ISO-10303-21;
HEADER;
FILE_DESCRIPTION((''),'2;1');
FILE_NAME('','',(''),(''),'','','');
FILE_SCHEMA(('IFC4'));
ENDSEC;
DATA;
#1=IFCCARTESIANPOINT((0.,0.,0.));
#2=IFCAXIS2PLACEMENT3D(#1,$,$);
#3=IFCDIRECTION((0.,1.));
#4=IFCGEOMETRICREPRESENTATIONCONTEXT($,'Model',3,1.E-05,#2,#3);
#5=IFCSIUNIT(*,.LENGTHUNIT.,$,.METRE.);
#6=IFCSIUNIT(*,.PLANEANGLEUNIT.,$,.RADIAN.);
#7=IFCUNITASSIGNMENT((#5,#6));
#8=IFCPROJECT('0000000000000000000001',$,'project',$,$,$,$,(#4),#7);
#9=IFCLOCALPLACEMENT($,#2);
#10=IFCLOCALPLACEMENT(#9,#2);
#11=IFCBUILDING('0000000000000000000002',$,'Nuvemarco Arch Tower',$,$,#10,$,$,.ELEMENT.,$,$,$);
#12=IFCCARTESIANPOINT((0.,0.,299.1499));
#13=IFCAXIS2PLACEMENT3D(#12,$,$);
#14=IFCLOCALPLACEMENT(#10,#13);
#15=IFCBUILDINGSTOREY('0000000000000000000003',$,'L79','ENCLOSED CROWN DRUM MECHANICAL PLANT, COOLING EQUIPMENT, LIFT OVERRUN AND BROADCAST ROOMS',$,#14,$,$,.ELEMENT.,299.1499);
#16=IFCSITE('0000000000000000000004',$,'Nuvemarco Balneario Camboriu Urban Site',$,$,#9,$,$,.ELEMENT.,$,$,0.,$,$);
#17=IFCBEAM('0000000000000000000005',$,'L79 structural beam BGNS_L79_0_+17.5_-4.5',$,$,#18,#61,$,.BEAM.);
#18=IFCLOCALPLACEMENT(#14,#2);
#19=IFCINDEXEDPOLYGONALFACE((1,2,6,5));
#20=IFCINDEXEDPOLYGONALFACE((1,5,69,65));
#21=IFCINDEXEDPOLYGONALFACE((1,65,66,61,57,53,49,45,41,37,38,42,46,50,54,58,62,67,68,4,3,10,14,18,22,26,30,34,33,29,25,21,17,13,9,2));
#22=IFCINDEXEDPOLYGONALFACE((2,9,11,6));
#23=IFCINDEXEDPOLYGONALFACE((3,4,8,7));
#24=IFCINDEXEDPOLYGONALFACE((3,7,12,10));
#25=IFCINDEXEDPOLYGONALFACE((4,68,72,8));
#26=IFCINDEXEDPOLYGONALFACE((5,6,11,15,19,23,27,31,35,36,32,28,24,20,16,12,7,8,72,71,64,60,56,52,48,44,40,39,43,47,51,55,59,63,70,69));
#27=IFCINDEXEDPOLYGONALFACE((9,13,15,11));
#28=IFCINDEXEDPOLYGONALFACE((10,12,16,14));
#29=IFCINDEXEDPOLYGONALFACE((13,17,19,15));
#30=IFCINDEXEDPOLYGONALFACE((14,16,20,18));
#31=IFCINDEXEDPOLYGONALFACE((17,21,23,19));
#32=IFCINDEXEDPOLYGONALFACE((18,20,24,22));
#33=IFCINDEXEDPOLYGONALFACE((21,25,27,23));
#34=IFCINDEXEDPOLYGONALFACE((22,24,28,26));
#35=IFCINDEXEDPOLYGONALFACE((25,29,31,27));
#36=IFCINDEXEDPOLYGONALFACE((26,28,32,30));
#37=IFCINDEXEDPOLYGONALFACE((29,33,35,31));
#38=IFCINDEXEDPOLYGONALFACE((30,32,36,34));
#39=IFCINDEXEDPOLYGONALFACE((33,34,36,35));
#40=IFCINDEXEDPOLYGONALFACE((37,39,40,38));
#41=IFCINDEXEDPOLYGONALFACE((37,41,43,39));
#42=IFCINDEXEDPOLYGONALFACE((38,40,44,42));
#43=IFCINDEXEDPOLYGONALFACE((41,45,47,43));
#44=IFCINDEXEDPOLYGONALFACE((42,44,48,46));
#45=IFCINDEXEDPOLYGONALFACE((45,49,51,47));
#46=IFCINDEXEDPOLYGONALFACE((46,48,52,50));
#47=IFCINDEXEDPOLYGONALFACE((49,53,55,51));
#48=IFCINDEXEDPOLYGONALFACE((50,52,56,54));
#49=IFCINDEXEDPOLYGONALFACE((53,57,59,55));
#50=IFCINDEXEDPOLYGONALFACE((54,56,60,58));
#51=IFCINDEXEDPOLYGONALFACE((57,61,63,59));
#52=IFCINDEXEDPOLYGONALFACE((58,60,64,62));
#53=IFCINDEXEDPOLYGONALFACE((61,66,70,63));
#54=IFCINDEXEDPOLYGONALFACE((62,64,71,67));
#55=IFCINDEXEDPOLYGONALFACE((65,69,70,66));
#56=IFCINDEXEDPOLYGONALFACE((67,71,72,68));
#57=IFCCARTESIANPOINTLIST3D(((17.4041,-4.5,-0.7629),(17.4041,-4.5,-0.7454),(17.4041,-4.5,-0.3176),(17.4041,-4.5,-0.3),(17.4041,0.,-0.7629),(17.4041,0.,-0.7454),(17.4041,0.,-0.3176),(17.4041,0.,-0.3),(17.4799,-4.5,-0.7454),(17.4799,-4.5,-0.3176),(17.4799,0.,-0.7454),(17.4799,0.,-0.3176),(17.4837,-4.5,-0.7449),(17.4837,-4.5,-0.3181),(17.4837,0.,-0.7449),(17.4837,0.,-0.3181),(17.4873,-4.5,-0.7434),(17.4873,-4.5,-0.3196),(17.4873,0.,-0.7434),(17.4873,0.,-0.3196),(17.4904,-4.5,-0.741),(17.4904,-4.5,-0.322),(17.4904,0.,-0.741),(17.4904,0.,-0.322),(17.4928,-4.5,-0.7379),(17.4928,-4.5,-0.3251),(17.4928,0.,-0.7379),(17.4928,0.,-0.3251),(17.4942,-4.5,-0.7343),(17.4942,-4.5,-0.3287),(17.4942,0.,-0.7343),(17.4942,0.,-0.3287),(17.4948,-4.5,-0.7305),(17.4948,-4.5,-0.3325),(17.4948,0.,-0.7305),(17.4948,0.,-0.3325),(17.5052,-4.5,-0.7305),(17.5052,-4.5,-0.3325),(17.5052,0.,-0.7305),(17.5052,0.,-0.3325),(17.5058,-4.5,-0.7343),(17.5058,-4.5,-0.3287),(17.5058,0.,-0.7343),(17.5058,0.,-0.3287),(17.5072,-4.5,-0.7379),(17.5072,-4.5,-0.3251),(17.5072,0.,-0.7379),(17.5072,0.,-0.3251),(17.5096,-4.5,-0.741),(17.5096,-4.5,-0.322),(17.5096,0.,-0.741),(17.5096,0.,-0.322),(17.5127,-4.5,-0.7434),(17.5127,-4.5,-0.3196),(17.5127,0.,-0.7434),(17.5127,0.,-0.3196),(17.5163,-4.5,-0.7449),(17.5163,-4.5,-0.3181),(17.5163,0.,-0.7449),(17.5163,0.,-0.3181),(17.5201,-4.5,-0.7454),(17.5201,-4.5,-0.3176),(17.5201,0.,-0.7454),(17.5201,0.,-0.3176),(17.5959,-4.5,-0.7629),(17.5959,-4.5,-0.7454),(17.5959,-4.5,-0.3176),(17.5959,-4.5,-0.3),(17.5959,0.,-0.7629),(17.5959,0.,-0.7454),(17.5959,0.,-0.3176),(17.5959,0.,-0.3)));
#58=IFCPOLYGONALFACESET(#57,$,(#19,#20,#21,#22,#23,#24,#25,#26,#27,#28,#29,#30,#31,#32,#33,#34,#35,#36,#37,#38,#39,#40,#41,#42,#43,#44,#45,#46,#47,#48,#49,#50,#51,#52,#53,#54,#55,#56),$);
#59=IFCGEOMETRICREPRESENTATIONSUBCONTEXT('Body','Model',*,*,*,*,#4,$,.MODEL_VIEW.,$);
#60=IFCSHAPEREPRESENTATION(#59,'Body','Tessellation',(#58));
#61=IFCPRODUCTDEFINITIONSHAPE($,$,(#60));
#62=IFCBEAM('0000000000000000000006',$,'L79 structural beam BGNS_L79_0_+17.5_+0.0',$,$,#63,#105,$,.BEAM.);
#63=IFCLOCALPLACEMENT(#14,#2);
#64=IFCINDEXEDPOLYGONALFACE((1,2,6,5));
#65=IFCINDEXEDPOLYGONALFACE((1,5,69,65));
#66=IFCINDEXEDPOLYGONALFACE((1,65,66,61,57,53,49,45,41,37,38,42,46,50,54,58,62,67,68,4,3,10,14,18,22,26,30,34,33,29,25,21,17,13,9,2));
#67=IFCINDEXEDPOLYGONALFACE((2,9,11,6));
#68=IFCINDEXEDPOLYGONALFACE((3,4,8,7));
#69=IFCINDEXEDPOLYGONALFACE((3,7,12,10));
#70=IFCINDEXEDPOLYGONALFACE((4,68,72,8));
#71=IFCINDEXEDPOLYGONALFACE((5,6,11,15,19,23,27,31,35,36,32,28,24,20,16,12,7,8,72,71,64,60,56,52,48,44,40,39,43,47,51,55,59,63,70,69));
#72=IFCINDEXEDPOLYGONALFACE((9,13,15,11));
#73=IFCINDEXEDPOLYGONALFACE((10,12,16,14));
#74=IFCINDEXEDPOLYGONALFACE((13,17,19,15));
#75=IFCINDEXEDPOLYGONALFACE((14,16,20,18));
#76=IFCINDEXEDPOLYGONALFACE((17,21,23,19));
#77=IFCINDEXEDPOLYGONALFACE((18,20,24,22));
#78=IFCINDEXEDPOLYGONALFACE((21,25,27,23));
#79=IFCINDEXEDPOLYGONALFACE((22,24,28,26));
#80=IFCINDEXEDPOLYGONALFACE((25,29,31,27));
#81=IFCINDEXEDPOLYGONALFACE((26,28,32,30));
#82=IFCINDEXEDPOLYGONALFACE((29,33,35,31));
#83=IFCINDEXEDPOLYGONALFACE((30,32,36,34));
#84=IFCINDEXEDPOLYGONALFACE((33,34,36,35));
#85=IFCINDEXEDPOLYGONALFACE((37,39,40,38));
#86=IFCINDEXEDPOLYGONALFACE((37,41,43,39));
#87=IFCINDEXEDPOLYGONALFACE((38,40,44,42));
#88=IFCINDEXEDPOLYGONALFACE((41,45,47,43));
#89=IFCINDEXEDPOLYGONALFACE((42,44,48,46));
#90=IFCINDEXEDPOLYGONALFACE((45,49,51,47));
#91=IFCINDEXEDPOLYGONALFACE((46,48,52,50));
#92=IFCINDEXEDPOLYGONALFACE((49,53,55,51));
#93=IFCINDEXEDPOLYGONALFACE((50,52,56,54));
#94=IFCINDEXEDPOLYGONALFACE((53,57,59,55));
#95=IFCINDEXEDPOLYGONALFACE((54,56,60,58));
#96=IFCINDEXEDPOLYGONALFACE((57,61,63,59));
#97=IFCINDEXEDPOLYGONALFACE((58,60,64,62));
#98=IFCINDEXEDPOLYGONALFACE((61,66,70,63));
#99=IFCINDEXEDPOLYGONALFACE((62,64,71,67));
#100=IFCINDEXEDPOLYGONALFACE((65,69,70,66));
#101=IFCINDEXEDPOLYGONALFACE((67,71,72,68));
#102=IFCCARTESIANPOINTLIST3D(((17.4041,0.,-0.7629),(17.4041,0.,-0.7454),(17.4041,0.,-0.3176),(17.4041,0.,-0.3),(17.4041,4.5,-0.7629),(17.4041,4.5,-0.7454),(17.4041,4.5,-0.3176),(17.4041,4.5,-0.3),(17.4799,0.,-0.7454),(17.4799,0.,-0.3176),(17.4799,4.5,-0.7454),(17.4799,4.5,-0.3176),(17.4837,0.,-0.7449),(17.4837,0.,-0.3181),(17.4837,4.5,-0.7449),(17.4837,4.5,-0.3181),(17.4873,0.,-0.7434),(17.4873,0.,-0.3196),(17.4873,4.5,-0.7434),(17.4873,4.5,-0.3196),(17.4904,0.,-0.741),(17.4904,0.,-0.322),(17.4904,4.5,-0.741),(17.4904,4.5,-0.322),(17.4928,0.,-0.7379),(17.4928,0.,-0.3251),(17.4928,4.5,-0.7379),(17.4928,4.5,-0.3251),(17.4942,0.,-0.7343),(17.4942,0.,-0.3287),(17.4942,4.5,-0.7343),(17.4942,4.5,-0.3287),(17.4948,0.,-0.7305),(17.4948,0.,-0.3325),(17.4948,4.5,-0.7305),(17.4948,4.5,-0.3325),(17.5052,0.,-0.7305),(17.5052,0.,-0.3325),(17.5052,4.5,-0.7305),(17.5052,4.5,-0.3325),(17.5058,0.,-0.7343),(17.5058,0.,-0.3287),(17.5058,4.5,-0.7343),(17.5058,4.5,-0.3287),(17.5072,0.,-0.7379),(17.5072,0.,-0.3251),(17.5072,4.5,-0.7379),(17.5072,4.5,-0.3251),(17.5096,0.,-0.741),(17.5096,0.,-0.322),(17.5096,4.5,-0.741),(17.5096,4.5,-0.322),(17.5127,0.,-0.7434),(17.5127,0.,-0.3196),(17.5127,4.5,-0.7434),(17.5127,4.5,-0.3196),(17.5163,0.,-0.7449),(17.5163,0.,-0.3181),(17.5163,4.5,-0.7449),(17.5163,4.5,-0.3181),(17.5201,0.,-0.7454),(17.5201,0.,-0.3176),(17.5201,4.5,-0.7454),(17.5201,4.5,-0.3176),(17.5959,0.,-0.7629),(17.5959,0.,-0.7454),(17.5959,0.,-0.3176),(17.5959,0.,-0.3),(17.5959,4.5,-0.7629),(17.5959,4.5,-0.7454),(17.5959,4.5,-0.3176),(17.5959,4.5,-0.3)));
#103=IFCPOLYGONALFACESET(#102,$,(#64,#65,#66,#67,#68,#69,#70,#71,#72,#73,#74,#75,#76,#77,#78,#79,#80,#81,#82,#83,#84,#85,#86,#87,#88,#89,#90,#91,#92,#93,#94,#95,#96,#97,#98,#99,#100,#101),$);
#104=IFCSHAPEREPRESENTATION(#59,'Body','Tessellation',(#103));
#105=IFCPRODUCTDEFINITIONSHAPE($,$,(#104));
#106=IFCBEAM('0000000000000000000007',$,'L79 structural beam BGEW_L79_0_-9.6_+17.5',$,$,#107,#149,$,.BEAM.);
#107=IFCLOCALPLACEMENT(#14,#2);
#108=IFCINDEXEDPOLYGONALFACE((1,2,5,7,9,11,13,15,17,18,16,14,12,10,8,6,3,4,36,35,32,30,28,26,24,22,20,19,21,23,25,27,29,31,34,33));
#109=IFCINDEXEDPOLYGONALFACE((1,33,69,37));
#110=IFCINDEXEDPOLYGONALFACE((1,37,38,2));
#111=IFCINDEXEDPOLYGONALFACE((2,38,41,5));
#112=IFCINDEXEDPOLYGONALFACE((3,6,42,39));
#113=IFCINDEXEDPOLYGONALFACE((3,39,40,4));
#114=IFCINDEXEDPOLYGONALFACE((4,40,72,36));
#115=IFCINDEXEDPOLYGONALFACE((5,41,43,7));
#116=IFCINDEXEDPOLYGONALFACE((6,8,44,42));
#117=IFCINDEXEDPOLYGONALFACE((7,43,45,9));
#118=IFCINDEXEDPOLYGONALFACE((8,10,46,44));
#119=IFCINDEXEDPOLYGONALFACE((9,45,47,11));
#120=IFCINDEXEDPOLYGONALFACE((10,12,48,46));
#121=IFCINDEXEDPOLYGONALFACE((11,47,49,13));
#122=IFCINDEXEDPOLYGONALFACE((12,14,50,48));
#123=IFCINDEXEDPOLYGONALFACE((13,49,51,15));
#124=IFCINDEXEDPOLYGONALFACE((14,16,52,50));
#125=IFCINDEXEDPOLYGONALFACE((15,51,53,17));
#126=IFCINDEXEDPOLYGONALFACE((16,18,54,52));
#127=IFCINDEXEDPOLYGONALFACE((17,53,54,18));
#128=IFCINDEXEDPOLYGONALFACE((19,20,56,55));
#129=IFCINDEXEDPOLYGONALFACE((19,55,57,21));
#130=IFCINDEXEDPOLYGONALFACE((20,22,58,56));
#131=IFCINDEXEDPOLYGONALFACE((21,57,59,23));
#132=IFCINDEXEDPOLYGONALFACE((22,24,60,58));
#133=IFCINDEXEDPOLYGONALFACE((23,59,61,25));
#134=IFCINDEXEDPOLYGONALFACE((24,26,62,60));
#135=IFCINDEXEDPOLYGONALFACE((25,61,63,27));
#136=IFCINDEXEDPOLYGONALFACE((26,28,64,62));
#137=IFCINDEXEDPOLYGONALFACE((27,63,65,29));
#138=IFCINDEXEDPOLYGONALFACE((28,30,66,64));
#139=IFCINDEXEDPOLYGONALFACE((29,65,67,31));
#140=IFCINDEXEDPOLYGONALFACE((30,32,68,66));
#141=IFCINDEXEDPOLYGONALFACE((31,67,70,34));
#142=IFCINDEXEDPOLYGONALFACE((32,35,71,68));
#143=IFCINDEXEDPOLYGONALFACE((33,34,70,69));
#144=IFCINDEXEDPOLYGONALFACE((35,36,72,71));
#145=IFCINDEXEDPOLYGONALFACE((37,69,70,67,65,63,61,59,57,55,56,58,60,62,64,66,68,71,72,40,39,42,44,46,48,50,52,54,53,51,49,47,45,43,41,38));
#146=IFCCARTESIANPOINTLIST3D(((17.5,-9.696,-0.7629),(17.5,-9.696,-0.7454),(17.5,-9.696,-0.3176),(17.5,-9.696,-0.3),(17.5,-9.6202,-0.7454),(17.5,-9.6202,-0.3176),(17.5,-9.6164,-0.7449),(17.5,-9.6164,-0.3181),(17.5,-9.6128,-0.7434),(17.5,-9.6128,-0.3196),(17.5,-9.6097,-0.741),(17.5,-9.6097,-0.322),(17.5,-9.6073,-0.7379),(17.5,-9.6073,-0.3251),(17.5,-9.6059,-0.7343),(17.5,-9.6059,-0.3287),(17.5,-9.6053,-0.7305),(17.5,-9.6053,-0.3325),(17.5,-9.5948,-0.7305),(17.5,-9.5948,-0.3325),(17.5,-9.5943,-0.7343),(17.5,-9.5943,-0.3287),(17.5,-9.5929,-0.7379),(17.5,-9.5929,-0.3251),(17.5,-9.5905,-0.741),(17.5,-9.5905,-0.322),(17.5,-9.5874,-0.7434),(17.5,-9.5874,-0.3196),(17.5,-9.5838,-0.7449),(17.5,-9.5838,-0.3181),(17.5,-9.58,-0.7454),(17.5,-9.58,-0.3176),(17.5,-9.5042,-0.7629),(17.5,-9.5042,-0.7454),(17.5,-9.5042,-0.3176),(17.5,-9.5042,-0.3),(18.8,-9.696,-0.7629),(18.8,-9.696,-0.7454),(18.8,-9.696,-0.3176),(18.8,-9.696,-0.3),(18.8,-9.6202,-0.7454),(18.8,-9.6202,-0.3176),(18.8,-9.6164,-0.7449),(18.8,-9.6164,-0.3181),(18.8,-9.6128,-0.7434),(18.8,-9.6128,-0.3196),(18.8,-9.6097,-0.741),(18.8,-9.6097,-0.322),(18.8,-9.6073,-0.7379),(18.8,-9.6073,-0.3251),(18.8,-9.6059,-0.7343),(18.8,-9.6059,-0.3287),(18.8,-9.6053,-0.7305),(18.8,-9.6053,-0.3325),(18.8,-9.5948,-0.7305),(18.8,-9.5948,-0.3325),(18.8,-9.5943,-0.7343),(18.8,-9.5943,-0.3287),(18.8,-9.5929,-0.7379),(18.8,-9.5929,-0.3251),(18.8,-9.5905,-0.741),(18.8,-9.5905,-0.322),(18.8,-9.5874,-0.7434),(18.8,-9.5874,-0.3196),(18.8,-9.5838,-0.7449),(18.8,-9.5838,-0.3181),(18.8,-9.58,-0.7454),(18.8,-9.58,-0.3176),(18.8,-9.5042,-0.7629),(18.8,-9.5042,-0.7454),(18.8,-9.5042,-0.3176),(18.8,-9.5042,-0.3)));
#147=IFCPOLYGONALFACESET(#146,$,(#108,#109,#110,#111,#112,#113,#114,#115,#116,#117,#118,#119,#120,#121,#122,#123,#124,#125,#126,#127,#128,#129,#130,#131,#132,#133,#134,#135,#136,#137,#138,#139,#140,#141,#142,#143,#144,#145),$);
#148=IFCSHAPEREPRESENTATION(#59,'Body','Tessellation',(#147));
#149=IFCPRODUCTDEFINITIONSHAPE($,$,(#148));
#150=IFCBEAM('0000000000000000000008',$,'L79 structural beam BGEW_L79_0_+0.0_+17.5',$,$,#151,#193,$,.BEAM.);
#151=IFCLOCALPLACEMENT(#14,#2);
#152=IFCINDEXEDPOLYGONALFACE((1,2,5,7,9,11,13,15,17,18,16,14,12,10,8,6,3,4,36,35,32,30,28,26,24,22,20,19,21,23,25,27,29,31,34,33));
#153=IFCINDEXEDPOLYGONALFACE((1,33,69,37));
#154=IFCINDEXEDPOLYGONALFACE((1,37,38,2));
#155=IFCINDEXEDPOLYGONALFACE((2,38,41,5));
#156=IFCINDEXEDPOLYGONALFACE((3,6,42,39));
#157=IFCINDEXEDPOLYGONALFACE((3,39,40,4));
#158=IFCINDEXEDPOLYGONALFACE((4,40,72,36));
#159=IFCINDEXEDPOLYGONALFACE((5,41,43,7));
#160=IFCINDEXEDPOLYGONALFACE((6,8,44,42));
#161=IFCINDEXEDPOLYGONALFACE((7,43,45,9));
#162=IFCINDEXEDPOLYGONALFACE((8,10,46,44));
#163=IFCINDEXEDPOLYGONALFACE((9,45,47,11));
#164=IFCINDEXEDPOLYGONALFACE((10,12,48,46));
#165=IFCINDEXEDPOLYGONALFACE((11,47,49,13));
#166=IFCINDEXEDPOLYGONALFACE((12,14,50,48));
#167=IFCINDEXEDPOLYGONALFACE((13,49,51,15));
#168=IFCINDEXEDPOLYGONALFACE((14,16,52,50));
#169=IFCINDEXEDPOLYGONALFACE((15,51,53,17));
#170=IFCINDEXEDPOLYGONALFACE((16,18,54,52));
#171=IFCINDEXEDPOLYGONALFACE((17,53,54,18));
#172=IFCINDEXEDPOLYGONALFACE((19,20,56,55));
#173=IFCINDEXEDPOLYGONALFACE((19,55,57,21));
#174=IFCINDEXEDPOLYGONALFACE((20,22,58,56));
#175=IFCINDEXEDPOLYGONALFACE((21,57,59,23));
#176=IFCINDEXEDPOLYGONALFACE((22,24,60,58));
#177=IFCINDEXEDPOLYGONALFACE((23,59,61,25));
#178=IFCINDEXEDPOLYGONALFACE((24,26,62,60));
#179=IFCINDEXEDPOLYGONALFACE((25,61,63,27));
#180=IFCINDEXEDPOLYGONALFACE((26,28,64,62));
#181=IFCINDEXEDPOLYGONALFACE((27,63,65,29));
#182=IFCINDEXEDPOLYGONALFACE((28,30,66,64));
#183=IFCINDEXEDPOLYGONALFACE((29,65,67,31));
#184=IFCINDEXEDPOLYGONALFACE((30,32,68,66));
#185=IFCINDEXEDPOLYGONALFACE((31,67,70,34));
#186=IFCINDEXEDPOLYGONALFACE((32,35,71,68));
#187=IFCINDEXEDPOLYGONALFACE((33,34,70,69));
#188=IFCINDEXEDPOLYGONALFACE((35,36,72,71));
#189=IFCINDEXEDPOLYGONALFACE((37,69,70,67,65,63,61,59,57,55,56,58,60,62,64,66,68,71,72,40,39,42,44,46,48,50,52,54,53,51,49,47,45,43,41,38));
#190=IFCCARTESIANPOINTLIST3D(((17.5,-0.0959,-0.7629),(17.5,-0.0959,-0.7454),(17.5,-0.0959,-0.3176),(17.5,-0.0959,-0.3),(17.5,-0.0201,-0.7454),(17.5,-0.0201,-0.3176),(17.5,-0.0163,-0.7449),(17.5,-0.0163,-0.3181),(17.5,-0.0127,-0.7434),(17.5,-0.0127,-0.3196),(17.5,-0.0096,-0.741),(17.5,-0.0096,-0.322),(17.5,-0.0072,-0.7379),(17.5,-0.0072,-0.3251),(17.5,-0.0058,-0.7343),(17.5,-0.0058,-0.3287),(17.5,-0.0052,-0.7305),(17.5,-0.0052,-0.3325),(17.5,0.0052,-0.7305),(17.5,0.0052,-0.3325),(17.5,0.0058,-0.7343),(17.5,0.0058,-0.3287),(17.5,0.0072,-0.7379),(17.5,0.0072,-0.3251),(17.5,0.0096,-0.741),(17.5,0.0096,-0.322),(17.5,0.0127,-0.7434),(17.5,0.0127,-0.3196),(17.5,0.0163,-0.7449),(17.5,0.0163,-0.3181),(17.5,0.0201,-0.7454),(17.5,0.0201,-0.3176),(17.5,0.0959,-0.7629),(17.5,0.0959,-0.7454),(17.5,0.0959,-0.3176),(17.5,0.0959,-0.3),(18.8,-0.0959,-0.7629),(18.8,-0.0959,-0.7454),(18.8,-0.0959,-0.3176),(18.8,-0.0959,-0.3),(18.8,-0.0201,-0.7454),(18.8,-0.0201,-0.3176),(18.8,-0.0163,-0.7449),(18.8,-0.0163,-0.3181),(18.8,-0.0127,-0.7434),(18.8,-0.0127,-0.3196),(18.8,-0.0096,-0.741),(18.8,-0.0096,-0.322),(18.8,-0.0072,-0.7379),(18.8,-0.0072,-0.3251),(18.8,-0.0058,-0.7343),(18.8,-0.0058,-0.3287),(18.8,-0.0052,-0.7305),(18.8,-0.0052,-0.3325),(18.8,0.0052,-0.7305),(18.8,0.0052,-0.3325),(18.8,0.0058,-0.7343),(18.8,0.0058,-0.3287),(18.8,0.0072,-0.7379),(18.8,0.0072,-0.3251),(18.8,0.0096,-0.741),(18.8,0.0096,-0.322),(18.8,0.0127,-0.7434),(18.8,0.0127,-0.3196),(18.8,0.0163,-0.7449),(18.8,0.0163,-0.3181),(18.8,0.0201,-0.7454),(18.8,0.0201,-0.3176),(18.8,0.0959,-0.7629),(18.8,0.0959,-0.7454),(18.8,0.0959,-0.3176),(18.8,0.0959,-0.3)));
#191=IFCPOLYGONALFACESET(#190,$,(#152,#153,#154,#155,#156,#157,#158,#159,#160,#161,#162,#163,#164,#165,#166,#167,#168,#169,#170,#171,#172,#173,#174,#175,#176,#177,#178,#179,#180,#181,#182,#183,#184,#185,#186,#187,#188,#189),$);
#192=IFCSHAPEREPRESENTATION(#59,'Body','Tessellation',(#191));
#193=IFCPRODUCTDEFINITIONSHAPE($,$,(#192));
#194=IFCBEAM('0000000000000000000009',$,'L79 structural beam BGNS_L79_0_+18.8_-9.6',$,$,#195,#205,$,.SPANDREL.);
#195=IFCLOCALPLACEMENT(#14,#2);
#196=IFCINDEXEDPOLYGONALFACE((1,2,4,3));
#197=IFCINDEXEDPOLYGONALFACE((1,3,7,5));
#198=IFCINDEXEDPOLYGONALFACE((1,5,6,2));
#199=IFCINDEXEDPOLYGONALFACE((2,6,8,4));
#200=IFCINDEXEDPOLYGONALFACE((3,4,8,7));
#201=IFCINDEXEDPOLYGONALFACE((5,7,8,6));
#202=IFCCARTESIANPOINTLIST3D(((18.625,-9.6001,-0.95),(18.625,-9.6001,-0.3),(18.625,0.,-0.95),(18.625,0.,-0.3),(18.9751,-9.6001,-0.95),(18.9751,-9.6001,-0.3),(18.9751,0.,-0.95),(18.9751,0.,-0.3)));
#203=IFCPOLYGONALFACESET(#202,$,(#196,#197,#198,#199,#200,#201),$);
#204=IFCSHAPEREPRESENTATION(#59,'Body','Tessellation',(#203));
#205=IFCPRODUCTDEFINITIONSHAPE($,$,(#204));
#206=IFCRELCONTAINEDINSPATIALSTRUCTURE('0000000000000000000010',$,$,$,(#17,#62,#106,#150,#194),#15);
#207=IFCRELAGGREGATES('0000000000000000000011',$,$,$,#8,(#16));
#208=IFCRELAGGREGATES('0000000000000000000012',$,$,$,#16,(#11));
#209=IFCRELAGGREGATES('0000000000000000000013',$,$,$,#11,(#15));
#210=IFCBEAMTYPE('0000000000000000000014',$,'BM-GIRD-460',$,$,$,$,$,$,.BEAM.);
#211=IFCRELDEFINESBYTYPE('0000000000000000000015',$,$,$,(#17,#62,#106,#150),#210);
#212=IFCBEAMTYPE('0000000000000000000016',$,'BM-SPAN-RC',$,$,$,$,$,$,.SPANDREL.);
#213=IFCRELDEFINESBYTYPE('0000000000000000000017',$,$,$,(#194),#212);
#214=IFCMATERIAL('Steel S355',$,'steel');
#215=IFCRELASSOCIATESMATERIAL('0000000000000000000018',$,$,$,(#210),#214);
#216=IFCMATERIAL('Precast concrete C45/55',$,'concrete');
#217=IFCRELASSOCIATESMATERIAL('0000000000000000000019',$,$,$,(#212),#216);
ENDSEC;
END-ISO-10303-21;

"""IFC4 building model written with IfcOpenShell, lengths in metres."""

from ifc_helpers import new_model, si_unit, direction, frame, origin, origin_2d, place, context, subcontext, project, spatial, rectangle, i_section, extrude, material, material_profile, profile_set, type_object, element, save


model = new_model("IFC4")

# Units and contexts
model_context = context("Model", 3, precision=1e-05, world=origin(), true_north=direction((0.0, 1.0)))
body_context = subcontext(model_context, "Body", "Model", "MODEL_VIEW")
ifc_project = project(units=[si_unit("LENGTHUNIT", "METRE"), si_unit("PLANEANGLEUNIT", "RADIAN")], contexts=[model_context])

# Site, building, storey
site_placement = place(None, origin())
site = spatial("IfcSite", under=ifc_project, at=site_placement, Name="Nuvemarco Balneario Camboriu Urban Site", CompositionType="ELEMENT", RefElevation=0.0)
building_placement = place(site_placement, origin())
building = spatial("IfcBuilding", under=site, at=building_placement, Name="Nuvemarco Arch Tower", CompositionType="ELEMENT")
storey_placement = place(building_placement, frame((0.0, 0.0, 299.1499)))
storey = spatial("IfcBuildingStorey", under=building, at=storey_placement, Name="L79", Description="ENCLOSED CROWN DRUM MECHANICAL PLANT, COOLING EQUIPMENT, LIFT OVERRUN AND BROADCAST ROOMS", CompositionType="ELEMENT", Elevation=299.1499)

# Shared definitions
ifc_material_1 = material(Name="Steel S355", Category="steel")

# Beams
ifc_material_profile_1 = material_profile(ifc_material_1, i_section(OverallWidth=0.1919, OverallDepth=0.4629, WebThickness=0.0105, FlangeThickness=0.0176, FilletRadius=0.0149, at=origin_2d()), Name="W460x89")
ifc_profile_set_1 = profile_set([ifc_material_profile_1], Name="Steel S355")
beam_type_1 = type_object("IfcBeamType", Name="BM-GIRD-460", PredefinedType="BEAM", material=ifc_profile_set_1)
for number, where, z_axis, x_axis, name in (
    (1, (17.5, -4.5, -0.5315), (0.0, 1.0, 0.0), (-1.0, 0.0, 0.0), "L79 structural beam BGNS_L79_0_+17.5_-4.5"),
    (2, (17.5, 0.0, -0.5315), (0.0, 1.0, 0.0), (-1.0, 0.0, 0.0), "L79 structural beam BGNS_L79_0_+17.5_+0.0"),
):
    element("IfcBeam", number, at=place(storey_placement, frame(where, z_axis=z_axis, x_axis=x_axis)), inside=storey, type_object=beam_type_1, Name=name, PredefinedType="BEAM", context=body_context, shape_type="SweptSolid", body=[
        extrude(i_section(OverallWidth=0.1919, OverallDepth=0.4629, WebThickness=0.0105, FlangeThickness=0.0176, FilletRadius=0.0149, at=origin_2d()), origin(), (0.0, 0.0, 1.0), 4.5),
    ])
for number, where, z_axis, x_axis, name in (
    (3, (17.5, -9.6001, -0.5315), (1.0, 0.0, 0.0), (0.0, 1.0, 0.0), "L79 structural beam BGEW_L79_0_-9.6_+17.5"),
    (4, (17.5, 0.0, -0.5315), (1.0, 0.0, 0.0), (0.0, 1.0, 0.0), "L79 structural beam BGEW_L79_0_+0.0_+17.5"),
):
    element("IfcBeam", number, at=place(storey_placement, frame(where, z_axis=z_axis, x_axis=x_axis)), inside=storey, type_object=beam_type_1, Name=name, PredefinedType="BEAM", context=body_context, shape_type="SweptSolid", body=[
        extrude(i_section(OverallWidth=0.1919, OverallDepth=0.4629, WebThickness=0.0105, FlangeThickness=0.0176, FilletRadius=0.0149, at=origin_2d()), origin(), (0.0, 0.0, 1.0), 1.3),
    ])
ifc_material_2 = material(Name="Precast concrete C45/55", Category="concrete")
ifc_material_profile_2 = material_profile(ifc_material_2, rectangle(XDim=0.3501, YDim=0.6499, at=origin_2d()), Name="PC-SP-350x650")
ifc_profile_set_2 = profile_set([ifc_material_profile_2], Name="Precast concrete C45/55")
beam_type_2 = type_object("IfcBeamType", Name="BM-SPAN-RC", PredefinedType="SPANDREL", material=ifc_profile_set_2)
beam_1_placement = place(storey_placement, frame((18.8, -9.6001, -0.625), z_axis=(0.0, 1.0, 0.0), x_axis=(-1.0, 0.0, 0.0)))
element("IfcBeam", 5, at=beam_1_placement, inside=storey, type_object=beam_type_2, Name="L79 structural beam BGNS_L79_0_+18.8_-9.6", PredefinedType="SPANDREL", context=body_context, shape_type="SweptSolid", body=[
    extrude(rectangle(XDim=0.3501, YDim=0.6499, at=origin_2d()), origin(), (0.0, 0.0, 1.0), 9.6001),
])

save(model, "model.ifc")
